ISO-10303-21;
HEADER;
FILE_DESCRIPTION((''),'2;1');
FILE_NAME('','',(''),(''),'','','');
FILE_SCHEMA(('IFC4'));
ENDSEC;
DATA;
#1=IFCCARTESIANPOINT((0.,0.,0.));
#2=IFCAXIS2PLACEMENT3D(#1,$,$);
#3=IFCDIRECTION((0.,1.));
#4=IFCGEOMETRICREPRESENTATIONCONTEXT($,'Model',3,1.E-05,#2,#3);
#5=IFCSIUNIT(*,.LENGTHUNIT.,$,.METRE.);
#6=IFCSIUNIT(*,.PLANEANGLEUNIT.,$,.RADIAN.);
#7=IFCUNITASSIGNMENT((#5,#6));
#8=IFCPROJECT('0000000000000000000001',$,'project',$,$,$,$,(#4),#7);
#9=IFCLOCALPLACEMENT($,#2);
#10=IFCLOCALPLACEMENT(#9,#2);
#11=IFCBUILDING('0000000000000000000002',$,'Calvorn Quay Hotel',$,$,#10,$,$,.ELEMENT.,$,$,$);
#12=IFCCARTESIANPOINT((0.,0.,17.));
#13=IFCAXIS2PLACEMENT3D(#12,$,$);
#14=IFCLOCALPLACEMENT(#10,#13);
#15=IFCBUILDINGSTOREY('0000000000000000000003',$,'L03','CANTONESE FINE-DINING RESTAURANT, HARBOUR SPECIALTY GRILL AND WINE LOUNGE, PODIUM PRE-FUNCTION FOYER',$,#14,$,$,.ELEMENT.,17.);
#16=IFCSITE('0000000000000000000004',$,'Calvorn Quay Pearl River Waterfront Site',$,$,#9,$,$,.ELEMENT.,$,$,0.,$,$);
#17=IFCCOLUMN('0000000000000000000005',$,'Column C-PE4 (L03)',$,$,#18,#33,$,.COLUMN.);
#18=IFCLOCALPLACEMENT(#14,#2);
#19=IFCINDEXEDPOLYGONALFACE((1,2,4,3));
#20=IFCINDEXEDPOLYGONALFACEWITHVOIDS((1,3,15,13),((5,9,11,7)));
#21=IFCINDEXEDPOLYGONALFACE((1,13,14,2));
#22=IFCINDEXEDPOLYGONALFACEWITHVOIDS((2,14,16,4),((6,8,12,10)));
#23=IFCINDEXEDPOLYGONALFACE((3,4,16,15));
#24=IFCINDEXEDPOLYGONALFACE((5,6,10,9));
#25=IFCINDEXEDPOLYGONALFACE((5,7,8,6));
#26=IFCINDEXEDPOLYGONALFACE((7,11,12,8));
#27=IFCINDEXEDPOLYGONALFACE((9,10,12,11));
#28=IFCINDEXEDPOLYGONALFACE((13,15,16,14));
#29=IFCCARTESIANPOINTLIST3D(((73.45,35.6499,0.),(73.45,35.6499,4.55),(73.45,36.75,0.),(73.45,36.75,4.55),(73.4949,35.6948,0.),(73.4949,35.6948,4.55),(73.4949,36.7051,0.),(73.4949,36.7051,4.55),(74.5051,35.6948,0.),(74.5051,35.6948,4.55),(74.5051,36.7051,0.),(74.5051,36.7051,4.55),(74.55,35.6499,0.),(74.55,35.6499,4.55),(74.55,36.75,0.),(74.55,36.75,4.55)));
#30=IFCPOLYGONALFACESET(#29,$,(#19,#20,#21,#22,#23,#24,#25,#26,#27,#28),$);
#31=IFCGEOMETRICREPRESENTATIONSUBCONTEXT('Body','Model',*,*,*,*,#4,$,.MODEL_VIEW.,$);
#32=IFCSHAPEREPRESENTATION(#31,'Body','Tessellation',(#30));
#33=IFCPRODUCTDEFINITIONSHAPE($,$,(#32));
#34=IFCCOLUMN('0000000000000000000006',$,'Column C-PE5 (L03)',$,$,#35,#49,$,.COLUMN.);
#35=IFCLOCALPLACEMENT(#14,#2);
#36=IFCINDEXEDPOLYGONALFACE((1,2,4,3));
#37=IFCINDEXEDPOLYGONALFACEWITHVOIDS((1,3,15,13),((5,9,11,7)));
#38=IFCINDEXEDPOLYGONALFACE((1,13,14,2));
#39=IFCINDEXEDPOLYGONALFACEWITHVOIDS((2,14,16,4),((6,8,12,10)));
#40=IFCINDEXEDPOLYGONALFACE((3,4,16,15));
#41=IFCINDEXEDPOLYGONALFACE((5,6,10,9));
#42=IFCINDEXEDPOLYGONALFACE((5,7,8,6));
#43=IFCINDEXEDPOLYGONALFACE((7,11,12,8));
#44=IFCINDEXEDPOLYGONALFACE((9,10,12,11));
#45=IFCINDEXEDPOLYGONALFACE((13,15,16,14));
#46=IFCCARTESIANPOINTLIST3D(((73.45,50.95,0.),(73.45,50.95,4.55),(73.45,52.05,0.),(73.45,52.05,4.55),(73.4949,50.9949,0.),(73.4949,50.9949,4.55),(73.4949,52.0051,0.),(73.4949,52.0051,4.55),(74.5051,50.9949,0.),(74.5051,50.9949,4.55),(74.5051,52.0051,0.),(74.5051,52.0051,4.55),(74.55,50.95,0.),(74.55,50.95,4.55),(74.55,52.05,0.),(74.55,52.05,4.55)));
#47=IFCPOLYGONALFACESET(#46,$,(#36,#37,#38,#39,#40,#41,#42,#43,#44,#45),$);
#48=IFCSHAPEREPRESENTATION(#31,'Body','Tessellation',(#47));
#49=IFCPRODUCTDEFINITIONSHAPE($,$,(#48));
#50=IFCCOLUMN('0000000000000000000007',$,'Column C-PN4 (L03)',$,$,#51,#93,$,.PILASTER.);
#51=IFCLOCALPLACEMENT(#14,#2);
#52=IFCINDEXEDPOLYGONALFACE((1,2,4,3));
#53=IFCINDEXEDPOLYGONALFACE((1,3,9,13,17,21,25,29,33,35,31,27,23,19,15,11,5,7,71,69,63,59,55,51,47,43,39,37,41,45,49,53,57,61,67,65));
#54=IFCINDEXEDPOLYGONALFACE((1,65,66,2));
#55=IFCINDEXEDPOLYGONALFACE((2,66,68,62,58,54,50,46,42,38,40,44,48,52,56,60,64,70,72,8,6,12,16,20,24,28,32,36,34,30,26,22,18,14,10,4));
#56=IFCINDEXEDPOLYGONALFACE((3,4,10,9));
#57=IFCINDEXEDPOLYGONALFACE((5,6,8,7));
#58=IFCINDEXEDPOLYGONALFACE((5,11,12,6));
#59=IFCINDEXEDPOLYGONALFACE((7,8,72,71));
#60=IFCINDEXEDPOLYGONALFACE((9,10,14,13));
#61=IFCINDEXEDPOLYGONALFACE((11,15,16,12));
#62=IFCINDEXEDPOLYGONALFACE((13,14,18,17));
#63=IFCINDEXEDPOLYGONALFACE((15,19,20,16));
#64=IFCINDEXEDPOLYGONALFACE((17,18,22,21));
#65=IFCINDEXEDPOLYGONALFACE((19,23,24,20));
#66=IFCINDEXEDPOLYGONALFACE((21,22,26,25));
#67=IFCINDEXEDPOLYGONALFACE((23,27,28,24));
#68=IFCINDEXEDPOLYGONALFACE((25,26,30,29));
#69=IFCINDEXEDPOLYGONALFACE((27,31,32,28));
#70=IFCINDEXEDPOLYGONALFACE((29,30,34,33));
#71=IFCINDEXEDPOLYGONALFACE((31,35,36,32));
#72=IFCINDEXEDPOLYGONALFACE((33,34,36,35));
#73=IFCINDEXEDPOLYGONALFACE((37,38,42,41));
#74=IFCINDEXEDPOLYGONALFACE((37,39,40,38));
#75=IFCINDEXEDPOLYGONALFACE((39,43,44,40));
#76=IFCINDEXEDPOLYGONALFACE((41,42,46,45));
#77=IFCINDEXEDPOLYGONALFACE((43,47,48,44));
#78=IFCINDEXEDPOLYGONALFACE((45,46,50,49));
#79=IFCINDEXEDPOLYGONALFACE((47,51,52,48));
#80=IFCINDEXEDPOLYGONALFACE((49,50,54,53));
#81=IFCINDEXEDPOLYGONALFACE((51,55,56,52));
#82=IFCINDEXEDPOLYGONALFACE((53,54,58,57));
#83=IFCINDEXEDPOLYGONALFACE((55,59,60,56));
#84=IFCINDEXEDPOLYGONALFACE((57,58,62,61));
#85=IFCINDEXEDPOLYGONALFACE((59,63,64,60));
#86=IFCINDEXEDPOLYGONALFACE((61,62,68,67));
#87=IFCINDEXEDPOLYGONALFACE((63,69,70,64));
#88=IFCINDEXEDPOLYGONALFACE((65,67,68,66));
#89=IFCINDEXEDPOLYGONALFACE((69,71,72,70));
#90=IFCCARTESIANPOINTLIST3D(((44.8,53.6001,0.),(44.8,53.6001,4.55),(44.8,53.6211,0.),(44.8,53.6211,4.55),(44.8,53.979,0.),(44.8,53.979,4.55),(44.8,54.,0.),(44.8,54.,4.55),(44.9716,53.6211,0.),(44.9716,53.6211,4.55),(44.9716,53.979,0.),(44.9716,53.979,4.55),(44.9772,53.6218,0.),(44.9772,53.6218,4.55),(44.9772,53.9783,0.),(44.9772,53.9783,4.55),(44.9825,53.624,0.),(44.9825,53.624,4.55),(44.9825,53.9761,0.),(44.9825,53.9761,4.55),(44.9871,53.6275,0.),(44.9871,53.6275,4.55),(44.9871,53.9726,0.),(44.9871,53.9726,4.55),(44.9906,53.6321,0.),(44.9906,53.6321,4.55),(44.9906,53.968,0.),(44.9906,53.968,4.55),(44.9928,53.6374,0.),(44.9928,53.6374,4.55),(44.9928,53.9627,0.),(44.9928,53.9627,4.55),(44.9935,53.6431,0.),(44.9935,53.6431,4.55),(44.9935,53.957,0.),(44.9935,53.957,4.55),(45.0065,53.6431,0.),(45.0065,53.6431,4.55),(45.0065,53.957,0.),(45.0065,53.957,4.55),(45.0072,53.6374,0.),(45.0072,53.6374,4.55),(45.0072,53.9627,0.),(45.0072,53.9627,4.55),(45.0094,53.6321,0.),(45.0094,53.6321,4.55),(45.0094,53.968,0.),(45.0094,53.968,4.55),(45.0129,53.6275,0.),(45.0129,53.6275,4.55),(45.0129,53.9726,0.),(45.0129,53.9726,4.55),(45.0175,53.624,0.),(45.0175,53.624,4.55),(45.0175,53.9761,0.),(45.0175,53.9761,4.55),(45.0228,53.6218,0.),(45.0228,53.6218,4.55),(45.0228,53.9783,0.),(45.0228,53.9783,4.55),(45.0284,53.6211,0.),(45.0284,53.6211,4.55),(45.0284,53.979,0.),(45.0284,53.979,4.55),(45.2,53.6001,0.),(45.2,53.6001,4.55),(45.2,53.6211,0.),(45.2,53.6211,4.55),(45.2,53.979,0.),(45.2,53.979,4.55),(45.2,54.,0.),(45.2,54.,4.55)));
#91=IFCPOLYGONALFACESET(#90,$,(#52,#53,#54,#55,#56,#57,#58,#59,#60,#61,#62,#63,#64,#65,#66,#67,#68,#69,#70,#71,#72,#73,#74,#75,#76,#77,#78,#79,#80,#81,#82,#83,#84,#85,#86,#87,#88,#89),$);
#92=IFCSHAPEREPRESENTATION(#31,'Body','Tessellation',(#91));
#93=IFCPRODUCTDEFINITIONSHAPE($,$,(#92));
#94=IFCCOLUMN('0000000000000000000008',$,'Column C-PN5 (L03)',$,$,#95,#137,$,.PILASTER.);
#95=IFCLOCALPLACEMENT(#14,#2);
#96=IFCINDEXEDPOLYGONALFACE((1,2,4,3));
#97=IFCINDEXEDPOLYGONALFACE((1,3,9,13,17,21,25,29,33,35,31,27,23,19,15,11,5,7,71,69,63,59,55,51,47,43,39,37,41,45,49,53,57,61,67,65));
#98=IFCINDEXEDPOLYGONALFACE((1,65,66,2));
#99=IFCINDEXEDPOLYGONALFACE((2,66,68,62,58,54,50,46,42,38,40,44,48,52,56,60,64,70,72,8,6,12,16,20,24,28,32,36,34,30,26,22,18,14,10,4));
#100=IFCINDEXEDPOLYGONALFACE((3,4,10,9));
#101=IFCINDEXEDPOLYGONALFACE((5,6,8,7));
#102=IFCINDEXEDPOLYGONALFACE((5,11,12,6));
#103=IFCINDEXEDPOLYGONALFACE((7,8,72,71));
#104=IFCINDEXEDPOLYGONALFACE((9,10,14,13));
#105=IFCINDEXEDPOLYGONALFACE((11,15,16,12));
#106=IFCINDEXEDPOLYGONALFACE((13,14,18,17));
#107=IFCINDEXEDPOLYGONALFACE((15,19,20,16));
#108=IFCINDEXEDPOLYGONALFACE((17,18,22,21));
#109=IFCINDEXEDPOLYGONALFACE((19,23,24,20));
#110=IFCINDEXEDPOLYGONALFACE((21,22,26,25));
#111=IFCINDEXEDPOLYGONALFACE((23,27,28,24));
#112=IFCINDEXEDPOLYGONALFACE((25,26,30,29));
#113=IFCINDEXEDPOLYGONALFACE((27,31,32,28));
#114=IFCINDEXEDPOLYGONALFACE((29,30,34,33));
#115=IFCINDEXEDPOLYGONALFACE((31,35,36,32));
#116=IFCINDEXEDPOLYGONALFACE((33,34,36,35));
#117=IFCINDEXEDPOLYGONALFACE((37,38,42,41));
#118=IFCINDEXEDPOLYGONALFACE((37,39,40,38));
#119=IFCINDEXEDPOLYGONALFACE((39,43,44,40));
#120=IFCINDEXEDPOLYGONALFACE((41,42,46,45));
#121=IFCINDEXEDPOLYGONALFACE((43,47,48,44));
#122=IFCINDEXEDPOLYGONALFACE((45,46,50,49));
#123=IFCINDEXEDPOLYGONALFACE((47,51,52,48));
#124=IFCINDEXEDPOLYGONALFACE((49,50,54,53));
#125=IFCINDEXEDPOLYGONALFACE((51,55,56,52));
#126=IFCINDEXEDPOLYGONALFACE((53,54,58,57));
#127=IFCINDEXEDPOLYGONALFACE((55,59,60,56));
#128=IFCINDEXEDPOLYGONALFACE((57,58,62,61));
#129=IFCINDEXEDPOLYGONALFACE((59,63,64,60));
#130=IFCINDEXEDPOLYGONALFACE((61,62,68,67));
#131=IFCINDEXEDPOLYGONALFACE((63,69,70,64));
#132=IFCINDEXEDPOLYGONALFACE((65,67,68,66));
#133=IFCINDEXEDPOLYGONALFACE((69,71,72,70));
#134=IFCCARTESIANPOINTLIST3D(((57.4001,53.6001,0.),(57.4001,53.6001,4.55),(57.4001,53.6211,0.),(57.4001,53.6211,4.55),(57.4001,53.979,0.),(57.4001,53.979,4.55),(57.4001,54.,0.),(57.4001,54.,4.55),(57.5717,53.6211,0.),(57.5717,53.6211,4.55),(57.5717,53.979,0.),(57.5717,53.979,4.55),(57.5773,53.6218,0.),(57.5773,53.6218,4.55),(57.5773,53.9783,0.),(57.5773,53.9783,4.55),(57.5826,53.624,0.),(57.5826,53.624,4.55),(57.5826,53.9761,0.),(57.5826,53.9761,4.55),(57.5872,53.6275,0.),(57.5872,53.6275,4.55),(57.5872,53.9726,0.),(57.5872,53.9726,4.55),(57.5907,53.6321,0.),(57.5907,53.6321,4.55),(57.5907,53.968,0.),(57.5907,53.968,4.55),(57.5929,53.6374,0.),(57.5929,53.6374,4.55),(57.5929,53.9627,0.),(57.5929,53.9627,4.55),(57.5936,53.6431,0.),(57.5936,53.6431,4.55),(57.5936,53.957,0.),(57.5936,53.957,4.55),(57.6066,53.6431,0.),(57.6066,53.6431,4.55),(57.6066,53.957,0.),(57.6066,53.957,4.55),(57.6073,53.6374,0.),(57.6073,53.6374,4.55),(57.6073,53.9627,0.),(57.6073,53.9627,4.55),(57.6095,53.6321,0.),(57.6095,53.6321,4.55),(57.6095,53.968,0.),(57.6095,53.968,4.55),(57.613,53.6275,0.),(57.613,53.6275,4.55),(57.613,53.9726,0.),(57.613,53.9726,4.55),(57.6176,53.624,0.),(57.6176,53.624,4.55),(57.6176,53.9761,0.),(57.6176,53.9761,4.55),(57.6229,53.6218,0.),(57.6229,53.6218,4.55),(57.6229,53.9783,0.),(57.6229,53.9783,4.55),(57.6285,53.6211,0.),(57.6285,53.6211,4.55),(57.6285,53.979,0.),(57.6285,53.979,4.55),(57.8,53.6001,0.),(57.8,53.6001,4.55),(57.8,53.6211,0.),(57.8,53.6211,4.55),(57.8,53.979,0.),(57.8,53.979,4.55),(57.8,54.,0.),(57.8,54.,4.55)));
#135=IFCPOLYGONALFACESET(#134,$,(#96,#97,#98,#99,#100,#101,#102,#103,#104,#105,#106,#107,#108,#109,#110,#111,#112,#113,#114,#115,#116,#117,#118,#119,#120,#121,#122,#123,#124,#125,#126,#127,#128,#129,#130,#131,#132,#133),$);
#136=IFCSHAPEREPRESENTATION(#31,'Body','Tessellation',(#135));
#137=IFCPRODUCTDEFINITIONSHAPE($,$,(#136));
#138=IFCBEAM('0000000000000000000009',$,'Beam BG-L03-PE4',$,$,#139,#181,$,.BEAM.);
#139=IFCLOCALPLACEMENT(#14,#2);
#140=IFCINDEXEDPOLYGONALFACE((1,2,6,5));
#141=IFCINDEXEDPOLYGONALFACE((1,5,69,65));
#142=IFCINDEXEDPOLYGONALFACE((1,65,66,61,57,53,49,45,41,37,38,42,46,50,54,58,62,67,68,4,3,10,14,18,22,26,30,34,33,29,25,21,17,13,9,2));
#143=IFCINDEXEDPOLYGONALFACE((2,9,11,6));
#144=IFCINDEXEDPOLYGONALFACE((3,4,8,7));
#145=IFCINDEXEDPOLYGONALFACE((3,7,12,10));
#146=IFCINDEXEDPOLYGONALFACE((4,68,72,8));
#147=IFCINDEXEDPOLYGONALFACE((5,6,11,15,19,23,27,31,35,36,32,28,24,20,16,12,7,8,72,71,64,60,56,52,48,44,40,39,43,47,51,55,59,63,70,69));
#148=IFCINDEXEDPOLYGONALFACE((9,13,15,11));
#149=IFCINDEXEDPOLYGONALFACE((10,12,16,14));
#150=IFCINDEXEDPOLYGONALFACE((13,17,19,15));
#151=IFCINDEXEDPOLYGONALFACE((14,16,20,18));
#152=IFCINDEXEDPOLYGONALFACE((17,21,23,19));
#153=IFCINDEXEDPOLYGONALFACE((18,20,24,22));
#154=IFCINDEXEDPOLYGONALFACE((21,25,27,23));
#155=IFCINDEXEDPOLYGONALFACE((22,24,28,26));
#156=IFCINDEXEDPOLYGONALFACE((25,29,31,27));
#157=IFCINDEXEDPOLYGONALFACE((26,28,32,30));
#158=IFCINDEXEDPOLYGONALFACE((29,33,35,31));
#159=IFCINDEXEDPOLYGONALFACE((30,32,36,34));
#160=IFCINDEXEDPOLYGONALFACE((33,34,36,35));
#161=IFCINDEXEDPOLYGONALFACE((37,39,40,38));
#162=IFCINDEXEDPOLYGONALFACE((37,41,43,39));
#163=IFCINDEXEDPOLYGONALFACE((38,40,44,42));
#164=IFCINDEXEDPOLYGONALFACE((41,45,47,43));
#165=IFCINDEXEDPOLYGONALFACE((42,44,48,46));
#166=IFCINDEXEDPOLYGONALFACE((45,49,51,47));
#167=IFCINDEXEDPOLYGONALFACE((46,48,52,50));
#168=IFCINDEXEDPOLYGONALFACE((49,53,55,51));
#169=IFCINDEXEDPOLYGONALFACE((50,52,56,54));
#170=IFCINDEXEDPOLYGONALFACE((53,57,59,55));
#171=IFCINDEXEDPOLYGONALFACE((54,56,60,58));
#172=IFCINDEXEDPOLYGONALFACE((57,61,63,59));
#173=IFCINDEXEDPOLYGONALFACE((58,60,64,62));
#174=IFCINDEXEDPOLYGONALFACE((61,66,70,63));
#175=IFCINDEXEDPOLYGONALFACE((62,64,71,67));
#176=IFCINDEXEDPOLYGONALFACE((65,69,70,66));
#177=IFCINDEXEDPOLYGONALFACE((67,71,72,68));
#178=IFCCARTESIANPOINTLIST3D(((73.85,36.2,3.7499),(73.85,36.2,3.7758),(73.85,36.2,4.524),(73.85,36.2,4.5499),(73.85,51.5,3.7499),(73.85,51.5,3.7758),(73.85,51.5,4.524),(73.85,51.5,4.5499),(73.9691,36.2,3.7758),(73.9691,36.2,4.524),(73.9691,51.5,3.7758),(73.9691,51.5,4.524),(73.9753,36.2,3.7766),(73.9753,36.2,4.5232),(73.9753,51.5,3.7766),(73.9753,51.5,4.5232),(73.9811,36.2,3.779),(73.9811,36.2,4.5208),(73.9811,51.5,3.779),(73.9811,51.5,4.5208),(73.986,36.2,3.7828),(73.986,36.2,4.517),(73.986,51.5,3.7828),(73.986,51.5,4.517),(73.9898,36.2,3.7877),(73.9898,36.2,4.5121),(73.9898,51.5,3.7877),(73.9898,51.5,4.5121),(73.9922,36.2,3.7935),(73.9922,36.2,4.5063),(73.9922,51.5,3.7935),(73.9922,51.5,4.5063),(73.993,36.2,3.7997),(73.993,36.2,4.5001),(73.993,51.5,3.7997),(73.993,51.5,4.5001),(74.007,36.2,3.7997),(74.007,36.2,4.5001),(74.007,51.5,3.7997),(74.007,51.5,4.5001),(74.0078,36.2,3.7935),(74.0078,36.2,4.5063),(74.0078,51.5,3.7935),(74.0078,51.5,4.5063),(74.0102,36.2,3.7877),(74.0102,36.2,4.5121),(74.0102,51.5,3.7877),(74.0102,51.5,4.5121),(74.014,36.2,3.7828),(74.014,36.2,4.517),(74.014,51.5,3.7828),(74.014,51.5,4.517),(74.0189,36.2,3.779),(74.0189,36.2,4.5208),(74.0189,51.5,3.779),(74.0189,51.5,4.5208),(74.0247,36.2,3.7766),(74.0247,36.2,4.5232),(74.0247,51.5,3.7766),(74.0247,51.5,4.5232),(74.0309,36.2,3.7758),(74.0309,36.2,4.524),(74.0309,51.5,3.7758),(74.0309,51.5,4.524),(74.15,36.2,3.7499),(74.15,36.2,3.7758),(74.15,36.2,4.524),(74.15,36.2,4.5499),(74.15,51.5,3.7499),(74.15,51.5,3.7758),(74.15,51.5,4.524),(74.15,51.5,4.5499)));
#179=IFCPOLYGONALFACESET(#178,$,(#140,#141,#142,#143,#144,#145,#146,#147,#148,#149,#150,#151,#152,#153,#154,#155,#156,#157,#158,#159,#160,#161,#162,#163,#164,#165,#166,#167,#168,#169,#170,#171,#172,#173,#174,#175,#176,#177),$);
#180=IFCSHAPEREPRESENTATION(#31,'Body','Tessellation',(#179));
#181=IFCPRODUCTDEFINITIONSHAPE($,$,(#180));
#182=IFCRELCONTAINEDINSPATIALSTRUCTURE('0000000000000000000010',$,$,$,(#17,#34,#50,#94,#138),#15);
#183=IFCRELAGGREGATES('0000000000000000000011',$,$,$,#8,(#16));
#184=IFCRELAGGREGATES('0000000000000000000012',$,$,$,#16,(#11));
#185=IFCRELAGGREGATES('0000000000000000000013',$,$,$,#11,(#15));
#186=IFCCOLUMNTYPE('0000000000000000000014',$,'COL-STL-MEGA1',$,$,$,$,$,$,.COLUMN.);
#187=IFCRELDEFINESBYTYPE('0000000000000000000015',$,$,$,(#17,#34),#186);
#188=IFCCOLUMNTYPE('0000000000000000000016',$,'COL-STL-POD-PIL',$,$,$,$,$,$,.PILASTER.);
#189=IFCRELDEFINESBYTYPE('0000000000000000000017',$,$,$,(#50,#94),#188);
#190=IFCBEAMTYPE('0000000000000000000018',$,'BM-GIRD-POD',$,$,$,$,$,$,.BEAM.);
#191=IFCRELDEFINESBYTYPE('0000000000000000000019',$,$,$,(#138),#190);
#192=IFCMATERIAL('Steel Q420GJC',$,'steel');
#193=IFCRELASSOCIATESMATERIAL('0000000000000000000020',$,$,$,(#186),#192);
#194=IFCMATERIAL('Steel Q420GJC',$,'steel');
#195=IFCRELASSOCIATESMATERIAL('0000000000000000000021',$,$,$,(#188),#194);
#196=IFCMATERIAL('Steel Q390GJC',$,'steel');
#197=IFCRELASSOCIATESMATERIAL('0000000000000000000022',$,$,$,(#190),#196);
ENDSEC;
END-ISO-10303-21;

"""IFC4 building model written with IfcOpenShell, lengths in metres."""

from ifc_helpers import new_model, si_unit, direction, frame, origin, origin_2d, place, context, subcontext, project, spatial, hollow_rectangle, i_section, extrude, material, material_profile, profile_set, type_object, element, save


model = new_model("IFC4")

# Units and contexts
model_context = context("Model", 3, precision=1e-05, world=origin(), true_north=direction((0.0, 1.0)))
body_context = subcontext(model_context, "Body", "Model", "MODEL_VIEW")
ifc_project = project(units=[si_unit("LENGTHUNIT", "METRE"), si_unit("PLANEANGLEUNIT", "RADIAN")], contexts=[model_context])

# Site, building, storey
site_placement = place(None, origin())
site = spatial("IfcSite", under=ifc_project, at=site_placement, Name="Calvorn Quay Pearl River Waterfront Site", CompositionType="ELEMENT", RefElevation=0.0)
building_placement = place(site_placement, origin())
building = spatial("IfcBuilding", under=site, at=building_placement, Name="Calvorn Quay Hotel", CompositionType="ELEMENT")
storey_placement = place(building_placement, frame((0.0, 0.0, 17.0)))
storey = spatial("IfcBuildingStorey", under=building, at=storey_placement, Name="L03", Description="CANTONESE FINE-DINING RESTAURANT, HARBOUR SPECIALTY GRILL AND WINE LOUNGE, PODIUM PRE-FUNCTION FOYER", CompositionType="ELEMENT", Elevation=17.0)

# Columns
ifc_material_1 = material(Name="Steel Q420GJC", Category="steel")
ifc_material_profile_1 = material_profile(ifc_material_1, hollow_rectangle(XDim=1.1001, YDim=1.1001, WallThickness=0.0449, at=origin_2d()), Name="BOX1100x1100x45")
ifc_profile_set_1 = profile_set([ifc_material_profile_1], Name="Steel Q420GJC")
column_type_1 = type_object("IfcColumnType", Name="COL-STL-MEGA1", PredefinedType="COLUMN", material=ifc_profile_set_1)
for number, where, z_axis, x_axis, name in (
    (1, (74.0, 36.2, 0.0), (0.0, 0.0, 1.0), (1.0, 0.0, 0.0), "Column C-PE4 (L03)"),
    (2, (74.0, 51.5, 0.0), (0.0, 0.0, 1.0), (1.0, 0.0, 0.0), "Column C-PE5 (L03)"),
):
    element("IfcColumn", number, at=place(storey_placement, frame(where, z_axis=z_axis, x_axis=x_axis)), inside=storey, type_object=column_type_1, Name=name, PredefinedType="COLUMN", context=body_context, shape_type="SweptSolid", body=[
        extrude(hollow_rectangle(XDim=1.1001, YDim=1.1001, WallThickness=0.0449, at=origin_2d()), origin(), (0.0, 0.0, 1.0), 4.55),
    ])
ifc_material_2 = material(Name="Steel Q420GJC", Category="steel")
ifc_material_profile_2 = material_profile(ifc_material_2, i_section(OverallWidth=0.3999, OverallDepth=0.3999, WebThickness=0.0129, FlangeThickness=0.021, FilletRadius=0.022, at=origin_2d()), Name="HW400x400x13x21")
ifc_profile_set_2 = profile_set([ifc_material_profile_2], Name="Steel Q420GJC")
column_type_2 = type_object("IfcColumnType", Name="COL-STL-POD-PIL", PredefinedType="PILASTER", material=ifc_profile_set_2)
for number, where, z_axis, x_axis, name in (
    (3, (45.0, 53.8, 0.0), (0.0, 0.0, 1.0), (1.0, 0.0, 0.0), "Column C-PN4 (L03)"),
    (4, (57.6001, 53.8, 0.0), (0.0, 0.0, 1.0), (1.0, 0.0, 0.0), "Column C-PN5 (L03)"),
):
    element("IfcColumn", number, at=place(storey_placement, frame(where, z_axis=z_axis, x_axis=x_axis)), inside=storey, type_object=column_type_2, Name=name, PredefinedType="PILASTER", context=body_context, shape_type="SweptSolid", body=[
        extrude(i_section(OverallWidth=0.3999, OverallDepth=0.3999, WebThickness=0.0129, FlangeThickness=0.021, FilletRadius=0.022, at=origin_2d()), origin(), (0.0, 0.0, 1.0), 4.55),
    ])

# Beam
ifc_material_3 = material(Name="Steel Q390GJC", Category="steel")
ifc_material_profile_3 = material_profile(ifc_material_3, i_section(OverallWidth=0.3, OverallDepth=0.8, WebThickness=0.0139, FlangeThickness=0.0259, FilletRadius=0.0239, at=origin_2d()), Name="HN800x300x14x26")
ifc_profile_set_3 = profile_set([ifc_material_profile_3], Name="Steel Q390GJC")
beam_type = type_object("IfcBeamType", Name="BM-GIRD-POD", PredefinedType="BEAM", material=ifc_profile_set_3)
beam_1_placement = place(storey_placement, frame((74.0, 36.2, 4.1499), z_axis=(0.0, 1.0, 0.0), x_axis=(-1.0, 0.0, 0.0)))
element("IfcBeam", 5, at=beam_1_placement, inside=storey, type_object=beam_type, Name="Beam BG-L03-PE4", PredefinedType="BEAM", context=body_context, shape_type="SweptSolid", body=[
    extrude(i_section(OverallWidth=0.3, OverallDepth=0.8, WebThickness=0.0139, FlangeThickness=0.0259, FilletRadius=0.0239, at=origin_2d()), origin(), (0.0, 0.0, 1.0), 15.3),
])

save(model, "model.ifc")
